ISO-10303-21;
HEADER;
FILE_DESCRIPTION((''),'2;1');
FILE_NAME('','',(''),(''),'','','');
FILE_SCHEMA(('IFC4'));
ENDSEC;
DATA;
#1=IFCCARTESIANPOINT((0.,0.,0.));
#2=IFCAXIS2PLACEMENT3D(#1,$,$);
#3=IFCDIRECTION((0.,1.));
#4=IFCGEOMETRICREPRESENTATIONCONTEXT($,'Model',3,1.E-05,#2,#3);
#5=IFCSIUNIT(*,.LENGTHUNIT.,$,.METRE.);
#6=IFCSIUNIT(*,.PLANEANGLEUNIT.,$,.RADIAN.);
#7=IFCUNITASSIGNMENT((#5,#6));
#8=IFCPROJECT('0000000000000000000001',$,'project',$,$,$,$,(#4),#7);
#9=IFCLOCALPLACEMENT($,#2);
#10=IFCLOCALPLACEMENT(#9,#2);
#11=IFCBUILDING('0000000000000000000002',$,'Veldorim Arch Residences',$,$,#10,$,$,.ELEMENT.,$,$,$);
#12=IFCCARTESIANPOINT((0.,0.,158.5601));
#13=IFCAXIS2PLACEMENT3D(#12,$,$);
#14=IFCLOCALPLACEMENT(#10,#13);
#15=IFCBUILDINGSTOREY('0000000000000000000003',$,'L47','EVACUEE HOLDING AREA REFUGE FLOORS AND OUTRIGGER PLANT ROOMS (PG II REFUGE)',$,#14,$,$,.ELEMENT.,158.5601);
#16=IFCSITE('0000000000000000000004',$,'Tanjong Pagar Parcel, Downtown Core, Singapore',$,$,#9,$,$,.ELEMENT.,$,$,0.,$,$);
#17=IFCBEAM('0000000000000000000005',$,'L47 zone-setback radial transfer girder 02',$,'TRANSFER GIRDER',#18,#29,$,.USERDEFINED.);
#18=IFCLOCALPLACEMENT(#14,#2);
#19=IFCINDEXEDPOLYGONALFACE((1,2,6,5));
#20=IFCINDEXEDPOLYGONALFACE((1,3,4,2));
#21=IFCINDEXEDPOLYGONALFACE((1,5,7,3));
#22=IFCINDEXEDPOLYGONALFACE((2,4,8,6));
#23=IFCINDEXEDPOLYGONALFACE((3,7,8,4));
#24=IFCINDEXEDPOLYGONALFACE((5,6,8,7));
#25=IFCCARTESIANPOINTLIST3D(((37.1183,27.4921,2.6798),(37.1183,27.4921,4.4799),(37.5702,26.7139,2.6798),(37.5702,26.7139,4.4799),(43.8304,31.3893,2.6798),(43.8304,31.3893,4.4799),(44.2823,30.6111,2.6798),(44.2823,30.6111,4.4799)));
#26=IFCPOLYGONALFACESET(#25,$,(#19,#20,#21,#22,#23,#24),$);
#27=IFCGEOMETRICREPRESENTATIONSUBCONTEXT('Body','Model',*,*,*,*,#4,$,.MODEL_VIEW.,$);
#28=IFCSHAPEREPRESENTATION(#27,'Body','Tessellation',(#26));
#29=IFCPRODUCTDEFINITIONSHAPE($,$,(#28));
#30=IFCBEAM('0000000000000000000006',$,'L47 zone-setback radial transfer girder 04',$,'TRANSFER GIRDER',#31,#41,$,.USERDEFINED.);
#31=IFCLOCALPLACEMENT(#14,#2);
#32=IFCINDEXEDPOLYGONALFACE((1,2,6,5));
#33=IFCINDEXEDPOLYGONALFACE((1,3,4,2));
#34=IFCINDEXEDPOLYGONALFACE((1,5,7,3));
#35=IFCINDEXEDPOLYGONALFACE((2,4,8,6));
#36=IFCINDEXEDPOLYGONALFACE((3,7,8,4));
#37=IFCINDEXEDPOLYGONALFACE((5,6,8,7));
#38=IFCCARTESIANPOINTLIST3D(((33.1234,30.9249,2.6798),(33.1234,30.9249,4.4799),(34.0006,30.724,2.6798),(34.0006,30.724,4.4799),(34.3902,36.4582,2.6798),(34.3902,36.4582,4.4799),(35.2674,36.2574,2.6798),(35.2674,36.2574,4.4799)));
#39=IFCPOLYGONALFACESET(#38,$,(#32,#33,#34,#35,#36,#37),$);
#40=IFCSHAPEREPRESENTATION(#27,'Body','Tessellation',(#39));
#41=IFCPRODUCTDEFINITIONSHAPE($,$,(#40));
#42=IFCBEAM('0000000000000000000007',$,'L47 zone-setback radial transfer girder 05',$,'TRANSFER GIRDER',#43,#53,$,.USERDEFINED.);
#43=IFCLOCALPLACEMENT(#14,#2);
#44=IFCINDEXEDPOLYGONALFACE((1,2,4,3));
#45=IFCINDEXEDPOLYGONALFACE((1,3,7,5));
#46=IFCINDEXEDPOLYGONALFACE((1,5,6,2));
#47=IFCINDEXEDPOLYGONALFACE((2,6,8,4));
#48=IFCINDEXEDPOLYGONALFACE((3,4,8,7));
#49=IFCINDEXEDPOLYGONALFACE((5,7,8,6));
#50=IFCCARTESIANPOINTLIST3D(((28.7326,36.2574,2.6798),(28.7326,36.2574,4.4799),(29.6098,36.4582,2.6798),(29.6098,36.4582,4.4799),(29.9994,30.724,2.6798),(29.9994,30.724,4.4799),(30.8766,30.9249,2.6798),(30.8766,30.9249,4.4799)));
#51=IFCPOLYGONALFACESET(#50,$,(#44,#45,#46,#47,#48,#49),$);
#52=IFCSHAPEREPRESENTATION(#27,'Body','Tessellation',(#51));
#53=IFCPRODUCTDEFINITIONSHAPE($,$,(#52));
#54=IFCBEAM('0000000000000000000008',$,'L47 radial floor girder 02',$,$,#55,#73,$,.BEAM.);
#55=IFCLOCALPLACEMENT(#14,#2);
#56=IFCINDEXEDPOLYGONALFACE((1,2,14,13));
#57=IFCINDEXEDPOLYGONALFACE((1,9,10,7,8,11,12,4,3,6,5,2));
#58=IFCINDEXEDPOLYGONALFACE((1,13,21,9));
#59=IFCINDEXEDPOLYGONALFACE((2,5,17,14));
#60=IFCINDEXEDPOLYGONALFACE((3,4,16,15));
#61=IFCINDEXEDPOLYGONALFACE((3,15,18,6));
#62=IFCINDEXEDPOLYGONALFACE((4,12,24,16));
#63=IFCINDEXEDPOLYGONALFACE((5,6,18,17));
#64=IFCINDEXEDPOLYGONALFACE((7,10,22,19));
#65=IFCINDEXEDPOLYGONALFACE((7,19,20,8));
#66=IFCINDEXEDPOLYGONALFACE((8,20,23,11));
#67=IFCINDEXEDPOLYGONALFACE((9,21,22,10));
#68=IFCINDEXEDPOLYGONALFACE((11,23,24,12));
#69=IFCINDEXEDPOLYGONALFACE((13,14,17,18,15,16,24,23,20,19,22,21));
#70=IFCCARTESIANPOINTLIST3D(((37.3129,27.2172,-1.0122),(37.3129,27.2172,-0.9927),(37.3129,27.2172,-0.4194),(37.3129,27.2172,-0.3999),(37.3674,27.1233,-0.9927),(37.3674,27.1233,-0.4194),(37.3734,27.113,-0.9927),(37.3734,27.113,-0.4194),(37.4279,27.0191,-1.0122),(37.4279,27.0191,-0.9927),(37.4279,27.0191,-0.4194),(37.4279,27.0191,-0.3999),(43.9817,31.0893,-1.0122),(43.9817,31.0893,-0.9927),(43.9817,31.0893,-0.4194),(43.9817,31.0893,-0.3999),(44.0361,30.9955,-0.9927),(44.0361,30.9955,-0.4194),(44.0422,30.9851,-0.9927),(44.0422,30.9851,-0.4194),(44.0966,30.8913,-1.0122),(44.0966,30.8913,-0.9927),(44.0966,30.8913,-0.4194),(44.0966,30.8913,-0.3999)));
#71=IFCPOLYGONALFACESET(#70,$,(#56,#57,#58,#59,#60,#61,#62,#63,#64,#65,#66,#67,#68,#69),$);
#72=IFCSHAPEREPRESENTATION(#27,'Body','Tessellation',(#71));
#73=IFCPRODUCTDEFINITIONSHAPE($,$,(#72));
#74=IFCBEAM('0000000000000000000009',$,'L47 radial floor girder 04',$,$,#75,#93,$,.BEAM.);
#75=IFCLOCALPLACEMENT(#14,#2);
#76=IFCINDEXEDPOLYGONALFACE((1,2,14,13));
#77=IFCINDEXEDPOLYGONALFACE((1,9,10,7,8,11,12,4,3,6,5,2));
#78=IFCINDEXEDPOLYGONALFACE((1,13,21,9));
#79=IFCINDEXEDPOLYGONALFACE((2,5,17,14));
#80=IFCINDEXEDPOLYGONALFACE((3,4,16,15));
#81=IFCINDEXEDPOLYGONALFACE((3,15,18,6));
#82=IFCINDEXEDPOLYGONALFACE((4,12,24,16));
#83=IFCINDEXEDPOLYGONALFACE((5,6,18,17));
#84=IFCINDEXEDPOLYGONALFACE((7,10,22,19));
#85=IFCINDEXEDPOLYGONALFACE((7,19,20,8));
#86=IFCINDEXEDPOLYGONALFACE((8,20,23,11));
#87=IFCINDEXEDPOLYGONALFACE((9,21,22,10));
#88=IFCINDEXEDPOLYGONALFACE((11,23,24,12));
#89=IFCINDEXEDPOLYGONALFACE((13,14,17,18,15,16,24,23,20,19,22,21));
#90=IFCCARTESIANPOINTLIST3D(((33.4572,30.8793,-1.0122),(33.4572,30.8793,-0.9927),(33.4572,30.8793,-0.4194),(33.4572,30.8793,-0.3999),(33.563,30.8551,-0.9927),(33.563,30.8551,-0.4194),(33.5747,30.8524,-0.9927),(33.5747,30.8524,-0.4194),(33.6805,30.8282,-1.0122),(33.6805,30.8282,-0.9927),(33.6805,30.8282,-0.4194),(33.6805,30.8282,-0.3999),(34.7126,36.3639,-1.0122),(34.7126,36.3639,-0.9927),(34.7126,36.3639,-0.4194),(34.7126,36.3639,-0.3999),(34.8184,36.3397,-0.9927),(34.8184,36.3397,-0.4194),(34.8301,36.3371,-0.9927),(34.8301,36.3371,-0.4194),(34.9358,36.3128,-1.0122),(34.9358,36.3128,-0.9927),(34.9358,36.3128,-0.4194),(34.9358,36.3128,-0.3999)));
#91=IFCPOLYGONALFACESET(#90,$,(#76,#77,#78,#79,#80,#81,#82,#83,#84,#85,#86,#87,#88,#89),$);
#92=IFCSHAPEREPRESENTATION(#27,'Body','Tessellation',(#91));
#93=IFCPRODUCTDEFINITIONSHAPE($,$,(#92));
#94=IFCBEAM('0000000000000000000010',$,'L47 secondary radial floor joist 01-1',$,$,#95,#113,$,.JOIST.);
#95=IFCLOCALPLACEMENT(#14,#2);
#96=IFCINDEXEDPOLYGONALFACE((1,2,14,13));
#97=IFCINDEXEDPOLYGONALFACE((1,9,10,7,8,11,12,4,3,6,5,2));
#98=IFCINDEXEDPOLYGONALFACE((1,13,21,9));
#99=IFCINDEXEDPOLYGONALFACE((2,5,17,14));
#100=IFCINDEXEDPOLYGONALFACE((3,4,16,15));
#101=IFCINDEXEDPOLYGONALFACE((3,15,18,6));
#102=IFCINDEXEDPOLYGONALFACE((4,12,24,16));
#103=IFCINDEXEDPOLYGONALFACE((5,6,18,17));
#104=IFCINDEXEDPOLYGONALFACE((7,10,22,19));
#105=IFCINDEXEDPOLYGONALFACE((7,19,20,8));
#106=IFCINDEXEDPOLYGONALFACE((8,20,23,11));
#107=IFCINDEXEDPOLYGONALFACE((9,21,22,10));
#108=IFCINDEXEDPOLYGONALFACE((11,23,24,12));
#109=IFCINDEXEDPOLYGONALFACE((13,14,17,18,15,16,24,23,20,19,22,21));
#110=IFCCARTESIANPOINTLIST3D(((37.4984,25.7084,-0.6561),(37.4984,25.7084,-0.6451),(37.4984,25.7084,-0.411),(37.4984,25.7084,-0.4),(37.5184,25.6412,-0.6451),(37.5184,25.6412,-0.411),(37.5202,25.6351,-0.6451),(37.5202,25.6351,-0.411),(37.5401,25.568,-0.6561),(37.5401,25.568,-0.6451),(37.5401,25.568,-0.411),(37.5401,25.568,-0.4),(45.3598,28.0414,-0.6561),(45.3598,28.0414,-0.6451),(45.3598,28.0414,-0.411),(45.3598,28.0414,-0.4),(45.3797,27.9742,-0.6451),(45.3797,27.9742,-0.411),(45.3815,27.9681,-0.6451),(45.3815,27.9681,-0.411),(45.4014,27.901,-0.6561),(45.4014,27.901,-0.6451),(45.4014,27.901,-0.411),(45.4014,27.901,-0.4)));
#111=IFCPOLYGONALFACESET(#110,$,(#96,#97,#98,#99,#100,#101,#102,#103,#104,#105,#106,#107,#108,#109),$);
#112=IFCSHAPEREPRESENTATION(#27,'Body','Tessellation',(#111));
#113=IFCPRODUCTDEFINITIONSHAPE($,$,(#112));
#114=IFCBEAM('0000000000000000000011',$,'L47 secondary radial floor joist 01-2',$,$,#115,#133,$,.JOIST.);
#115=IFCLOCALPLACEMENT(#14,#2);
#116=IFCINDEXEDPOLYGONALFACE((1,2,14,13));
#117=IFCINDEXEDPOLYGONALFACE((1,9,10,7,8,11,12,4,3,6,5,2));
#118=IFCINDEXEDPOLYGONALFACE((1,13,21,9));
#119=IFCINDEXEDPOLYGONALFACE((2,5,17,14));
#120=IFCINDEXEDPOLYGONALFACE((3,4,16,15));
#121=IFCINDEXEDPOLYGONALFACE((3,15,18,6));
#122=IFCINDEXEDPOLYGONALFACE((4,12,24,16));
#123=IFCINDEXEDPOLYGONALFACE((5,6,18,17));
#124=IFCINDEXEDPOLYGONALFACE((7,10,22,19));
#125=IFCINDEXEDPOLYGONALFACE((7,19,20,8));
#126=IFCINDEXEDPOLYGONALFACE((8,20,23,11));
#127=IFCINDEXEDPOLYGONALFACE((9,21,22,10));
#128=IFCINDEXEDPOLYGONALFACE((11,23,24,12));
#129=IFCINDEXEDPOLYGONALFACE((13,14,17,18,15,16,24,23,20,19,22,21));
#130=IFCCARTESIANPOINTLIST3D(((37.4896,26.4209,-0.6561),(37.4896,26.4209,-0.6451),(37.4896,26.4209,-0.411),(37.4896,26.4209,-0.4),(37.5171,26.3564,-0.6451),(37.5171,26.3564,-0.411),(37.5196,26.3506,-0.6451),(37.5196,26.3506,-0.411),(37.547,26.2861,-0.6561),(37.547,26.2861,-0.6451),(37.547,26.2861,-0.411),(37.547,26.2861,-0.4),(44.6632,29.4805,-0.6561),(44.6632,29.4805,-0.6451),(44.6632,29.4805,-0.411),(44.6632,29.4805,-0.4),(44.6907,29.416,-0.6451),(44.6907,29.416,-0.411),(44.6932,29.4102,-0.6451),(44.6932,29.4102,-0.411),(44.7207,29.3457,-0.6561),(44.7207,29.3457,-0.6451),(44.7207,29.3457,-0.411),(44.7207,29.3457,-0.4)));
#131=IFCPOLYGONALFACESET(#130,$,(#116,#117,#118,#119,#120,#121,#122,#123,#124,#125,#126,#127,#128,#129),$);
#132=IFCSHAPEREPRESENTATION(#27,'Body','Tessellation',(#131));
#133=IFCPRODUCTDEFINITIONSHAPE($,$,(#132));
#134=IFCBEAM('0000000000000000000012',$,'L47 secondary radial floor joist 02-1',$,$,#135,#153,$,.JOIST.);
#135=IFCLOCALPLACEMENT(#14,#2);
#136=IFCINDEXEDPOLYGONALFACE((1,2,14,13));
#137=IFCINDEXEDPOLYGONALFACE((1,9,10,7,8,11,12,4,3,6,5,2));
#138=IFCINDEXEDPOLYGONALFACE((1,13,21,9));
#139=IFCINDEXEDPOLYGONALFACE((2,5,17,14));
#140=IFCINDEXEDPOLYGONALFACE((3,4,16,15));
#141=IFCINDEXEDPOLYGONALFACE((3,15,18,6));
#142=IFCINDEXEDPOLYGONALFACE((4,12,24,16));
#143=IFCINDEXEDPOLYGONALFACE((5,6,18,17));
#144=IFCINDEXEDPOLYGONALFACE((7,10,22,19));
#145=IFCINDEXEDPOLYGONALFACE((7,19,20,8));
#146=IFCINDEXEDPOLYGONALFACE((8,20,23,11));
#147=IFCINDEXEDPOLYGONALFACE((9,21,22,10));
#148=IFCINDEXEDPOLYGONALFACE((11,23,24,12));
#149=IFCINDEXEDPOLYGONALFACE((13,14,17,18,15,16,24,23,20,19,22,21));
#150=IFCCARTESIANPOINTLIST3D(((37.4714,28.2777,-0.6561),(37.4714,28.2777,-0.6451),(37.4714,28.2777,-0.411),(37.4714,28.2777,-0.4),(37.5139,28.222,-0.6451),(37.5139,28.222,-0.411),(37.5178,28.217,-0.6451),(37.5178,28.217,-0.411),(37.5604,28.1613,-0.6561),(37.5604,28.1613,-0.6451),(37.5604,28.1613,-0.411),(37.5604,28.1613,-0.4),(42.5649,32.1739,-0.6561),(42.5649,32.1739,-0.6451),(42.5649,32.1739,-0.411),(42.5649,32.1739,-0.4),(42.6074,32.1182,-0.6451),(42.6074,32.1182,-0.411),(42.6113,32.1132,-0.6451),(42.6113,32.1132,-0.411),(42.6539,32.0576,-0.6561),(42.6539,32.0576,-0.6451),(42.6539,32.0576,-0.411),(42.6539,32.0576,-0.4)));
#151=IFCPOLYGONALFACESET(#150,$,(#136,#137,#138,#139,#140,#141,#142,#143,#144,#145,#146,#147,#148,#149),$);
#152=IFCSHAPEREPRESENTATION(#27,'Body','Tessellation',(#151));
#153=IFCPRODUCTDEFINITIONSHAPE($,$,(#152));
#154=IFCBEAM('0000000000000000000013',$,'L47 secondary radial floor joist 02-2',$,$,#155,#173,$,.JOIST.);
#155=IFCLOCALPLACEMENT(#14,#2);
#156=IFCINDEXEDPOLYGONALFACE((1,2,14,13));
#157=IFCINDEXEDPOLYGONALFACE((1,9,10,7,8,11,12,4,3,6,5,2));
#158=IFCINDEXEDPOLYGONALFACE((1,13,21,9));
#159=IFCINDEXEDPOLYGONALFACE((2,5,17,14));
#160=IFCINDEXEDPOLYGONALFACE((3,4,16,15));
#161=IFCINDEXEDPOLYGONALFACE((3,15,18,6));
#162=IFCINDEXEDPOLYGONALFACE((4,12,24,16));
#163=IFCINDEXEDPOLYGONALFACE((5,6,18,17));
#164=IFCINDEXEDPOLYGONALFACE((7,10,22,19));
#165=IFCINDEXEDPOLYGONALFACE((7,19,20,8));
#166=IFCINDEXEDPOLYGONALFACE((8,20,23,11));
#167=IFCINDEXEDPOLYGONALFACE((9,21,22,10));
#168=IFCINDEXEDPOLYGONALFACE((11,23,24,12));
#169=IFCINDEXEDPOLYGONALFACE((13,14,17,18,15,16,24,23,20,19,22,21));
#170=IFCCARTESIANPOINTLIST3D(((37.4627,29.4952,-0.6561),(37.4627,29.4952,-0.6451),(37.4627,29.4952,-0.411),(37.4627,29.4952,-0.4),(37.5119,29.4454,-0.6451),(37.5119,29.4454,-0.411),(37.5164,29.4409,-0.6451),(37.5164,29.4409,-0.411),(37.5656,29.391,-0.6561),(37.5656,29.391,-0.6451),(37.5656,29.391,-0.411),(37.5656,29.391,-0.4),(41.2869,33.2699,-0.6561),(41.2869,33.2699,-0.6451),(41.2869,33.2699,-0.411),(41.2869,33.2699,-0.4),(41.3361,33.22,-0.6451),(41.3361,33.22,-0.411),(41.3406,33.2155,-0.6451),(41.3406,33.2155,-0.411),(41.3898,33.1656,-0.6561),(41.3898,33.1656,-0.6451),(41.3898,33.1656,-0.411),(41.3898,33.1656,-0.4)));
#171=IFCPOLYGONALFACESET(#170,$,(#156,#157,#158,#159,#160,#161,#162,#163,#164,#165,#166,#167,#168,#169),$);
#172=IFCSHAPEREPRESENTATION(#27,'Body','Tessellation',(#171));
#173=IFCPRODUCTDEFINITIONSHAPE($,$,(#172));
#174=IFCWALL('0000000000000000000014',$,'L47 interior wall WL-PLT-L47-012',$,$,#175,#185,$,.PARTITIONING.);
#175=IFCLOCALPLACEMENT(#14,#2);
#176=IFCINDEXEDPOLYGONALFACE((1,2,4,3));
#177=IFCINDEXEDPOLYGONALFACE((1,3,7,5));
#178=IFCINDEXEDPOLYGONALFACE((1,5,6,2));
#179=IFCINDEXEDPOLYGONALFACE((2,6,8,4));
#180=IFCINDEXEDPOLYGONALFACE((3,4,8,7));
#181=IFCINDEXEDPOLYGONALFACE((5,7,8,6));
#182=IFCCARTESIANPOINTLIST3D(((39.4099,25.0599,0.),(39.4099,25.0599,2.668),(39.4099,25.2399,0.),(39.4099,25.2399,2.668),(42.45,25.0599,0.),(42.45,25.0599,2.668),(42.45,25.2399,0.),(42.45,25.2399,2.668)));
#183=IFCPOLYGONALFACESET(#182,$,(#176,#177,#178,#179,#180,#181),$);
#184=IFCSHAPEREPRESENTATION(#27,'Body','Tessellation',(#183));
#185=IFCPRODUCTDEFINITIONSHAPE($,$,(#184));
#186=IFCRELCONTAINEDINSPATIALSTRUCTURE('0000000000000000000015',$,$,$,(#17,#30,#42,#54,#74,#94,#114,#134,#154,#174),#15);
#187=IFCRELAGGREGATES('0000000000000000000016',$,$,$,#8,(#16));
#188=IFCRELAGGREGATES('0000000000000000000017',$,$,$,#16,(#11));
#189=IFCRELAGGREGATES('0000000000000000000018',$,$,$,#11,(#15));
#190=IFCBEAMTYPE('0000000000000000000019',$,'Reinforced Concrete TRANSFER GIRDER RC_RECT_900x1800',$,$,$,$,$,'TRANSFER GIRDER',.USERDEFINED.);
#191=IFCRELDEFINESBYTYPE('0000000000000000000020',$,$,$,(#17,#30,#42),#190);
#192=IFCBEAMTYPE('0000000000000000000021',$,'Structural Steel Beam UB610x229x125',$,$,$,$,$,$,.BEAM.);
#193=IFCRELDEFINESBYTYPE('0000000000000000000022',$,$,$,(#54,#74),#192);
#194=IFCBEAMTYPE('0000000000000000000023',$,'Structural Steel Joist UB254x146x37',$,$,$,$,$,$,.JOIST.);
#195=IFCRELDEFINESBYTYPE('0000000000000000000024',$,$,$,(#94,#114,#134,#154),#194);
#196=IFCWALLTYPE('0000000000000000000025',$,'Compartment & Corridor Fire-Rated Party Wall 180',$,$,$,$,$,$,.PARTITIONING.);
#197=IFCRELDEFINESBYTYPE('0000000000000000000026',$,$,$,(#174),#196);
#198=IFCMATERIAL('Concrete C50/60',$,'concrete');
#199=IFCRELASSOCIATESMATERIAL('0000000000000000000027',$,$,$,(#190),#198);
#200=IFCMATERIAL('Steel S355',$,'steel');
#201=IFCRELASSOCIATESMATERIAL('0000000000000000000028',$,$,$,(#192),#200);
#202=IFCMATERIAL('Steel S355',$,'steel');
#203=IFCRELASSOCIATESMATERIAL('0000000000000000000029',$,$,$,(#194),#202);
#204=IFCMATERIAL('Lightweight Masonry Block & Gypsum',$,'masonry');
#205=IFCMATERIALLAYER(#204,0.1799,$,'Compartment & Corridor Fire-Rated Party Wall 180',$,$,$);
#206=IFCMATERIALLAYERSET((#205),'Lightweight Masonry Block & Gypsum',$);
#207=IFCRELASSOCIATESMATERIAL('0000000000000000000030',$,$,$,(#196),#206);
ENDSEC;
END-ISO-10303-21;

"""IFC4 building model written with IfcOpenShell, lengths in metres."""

from ifc_helpers import new_model, si_unit, direction, frame, frame_2d, origin, origin_2d, place, context, subcontext, project, spatial, rectangle, i_section, extrude, material, layer, layer_set, material_profile, profile_set, type_object, element, save


model = new_model("IFC4")

# Units and contexts
model_context = context("Model", 3, precision=1e-05, world=origin(), true_north=direction((0.0, 1.0)))
body_context = subcontext(model_context, "Body", "Model", "MODEL_VIEW")
ifc_project = project(units=[si_unit("LENGTHUNIT", "METRE"), si_unit("PLANEANGLEUNIT", "RADIAN")], contexts=[model_context])

# Site, building, storey
site_placement = place(None, origin())
site = spatial("IfcSite", under=ifc_project, at=site_placement, Name="Tanjong Pagar Parcel, Downtown Core, Singapore", CompositionType="ELEMENT", RefElevation=0.0)
building_placement = place(site_placement, origin())
building = spatial("IfcBuilding", under=site, at=building_placement, Name="Veldorim Arch Residences", CompositionType="ELEMENT")
storey_placement = place(building_placement, frame((0.0, 0.0, 158.5601)))
storey = spatial("IfcBuildingStorey", under=building, at=storey_placement, Name="L47", Description="EVACUEE HOLDING AREA REFUGE FLOORS AND OUTRIGGER PLANT ROOMS (PG II REFUGE)", CompositionType="ELEMENT", Elevation=158.5601)

# Beams
ifc_material_1 = material(Name="Concrete C50/60", Category="concrete")
ifc_material_profile_1 = material_profile(ifc_material_1, rectangle(XDim=0.8999, YDim=1.8, at=origin_2d()), Name="RC_RECT_900x1800")
ifc_profile_set_1 = profile_set([ifc_material_profile_1], Name="Concrete C50/60")
beam_type_1 = type_object("IfcBeamType", Name="Reinforced Concrete TRANSFER GIRDER RC_RECT_900x1800", ElementType="TRANSFER GIRDER", PredefinedType="USERDEFINED", material=ifc_profile_set_1)
beam_1_placement = place(storey_placement, frame((37.3442, 27.103, 3.5798), z_axis=(0.864798, 0.50212, 0.0), x_axis=(-0.50212, 0.864798, 0.0)))
element("IfcBeam", 1, at=beam_1_placement, inside=storey, type_object=beam_type_1, Name="L47 zone-setback radial transfer girder 02", ObjectType="TRANSFER GIRDER", PredefinedType="USERDEFINED", context=body_context, shape_type="SweptSolid", body=[
    extrude(rectangle(XDim=0.8999, YDim=1.8, at=origin_2d()), origin(), (0.0, 0.0, 1.0), 7.7615),
])
for number, where, z_axis, x_axis, name in (
    (2, (33.562, 30.8245, 3.5798), (0.223169, 0.97478, 0.0), (-0.97478, 0.223169, 0.0), "L47 zone-setback radial transfer girder 04"),
    (3, (30.438, 30.8245, 3.5798), (-0.223169, 0.97478, 0.0), (-0.97478, -0.223169, 0.0), "L47 zone-setback radial transfer girder 05"),
):
    element("IfcBeam", number, at=place(storey_placement, frame(where, z_axis=z_axis, x_axis=x_axis)), inside=storey, type_object=beam_type_1, Name=name, ObjectType="TRANSFER GIRDER", PredefinedType="USERDEFINED", context=body_context, shape_type="SweptSolid", body=[
        extrude(rectangle(XDim=0.8999, YDim=1.8, at=origin_2d()), origin(), (0.0, 0.0, 1.0), 5.6765),
    ])
ifc_material_2 = material(Name="Steel S355", Category="steel")
ifc_material_profile_2 = material_profile(ifc_material_2, i_section(OverallWidth=0.229, OverallDepth=0.6123, WebThickness=0.012, FlangeThickness=0.0195, at=origin_2d()), Name="UB610x229x125")
ifc_profile_set_2 = profile_set([ifc_material_profile_2], Name="Steel S355")
beam_type_2 = type_object("IfcBeamType", Name="Structural Steel Beam UB610x229x125", PredefinedType="BEAM", material=ifc_profile_set_2)
beam_2_placement = place(storey_placement, frame((37.3704, 27.1182, -0.7061), z_axis=(0.864793, 0.502128, 0.0), x_axis=(-0.502128, 0.864793, 0.0)))
element("IfcBeam", 4, at=beam_2_placement, inside=storey, type_object=beam_type_2, Name="L47 radial floor girder 02", PredefinedType="BEAM", context=body_context, shape_type="SweptSolid", body=[
    extrude(i_section(OverallWidth=0.229, OverallDepth=0.6123, WebThickness=0.012, FlangeThickness=0.0195, at=origin_2d()), origin(), (0.0, 0.0, 1.0), 7.7114),
])
beam_3_placement = place(storey_placement, frame((33.5688, 30.8538, -0.7061), z_axis=(0.223119, 0.974791, 0.0), x_axis=(-0.974791, 0.223119, 0.0)))
element("IfcBeam", 5, at=beam_3_placement, inside=storey, type_object=beam_type_2, Name="L47 radial floor girder 04", PredefinedType="BEAM", context=body_context, shape_type="SweptSolid", body=[
    extrude(i_section(OverallWidth=0.229, OverallDepth=0.6123, WebThickness=0.012, FlangeThickness=0.0195, at=origin_2d()), origin(), (0.0, 0.0, 1.0), 5.6265),
])
ifc_material_3 = material(Name="Steel S355", Category="steel")
ifc_material_profile_3 = material_profile(ifc_material_3, i_section(OverallWidth=0.1465, OverallDepth=0.2561, WebThickness=0.0063, FlangeThickness=0.011, at=origin_2d()), Name="UB254x146x37")
ifc_profile_set_3 = profile_set([ifc_material_profile_3], Name="Steel S355")
beam_type_3 = type_object("IfcBeamType", Name="Structural Steel Joist UB254x146x37", PredefinedType="JOIST", material=ifc_profile_set_3)
beam_4_placement = place(storey_placement, frame((37.5193, 25.6382, -0.5281), z_axis=(0.958674, 0.284506, 0.0), x_axis=(-0.284506, 0.958674, 0.0)))
element("IfcBeam", 6, at=beam_4_placement, inside=storey, type_object=beam_type_3, Name="L47 secondary radial floor joist 01-1", PredefinedType="JOIST", context=body_context, shape_type="SweptSolid", body=[
    extrude(i_section(OverallWidth=0.1465, OverallDepth=0.2561, WebThickness=0.0063, FlangeThickness=0.011, at=origin_2d()), origin(), (0.0, 0.0, 1.0), 8.2002),
])
beam_5_placement = place(storey_placement, frame((37.5183, 26.3535, -0.5281), z_axis=(0.919832, 0.392313, 0.0), x_axis=(-0.392313, 0.919832, 0.0)))
element("IfcBeam", 7, at=beam_5_placement, inside=storey, type_object=beam_type_3, Name="L47 secondary radial floor joist 01-2", PredefinedType="JOIST", context=body_context, shape_type="SweptSolid", body=[
    extrude(i_section(OverallWidth=0.1465, OverallDepth=0.2561, WebThickness=0.0063, FlangeThickness=0.011, at=origin_2d()), origin(), (0.0, 0.0, 1.0), 7.7988),
])
beam_6_placement = place(storey_placement, frame((37.5159, 28.2195, -0.5281), z_axis=(0.794267, 0.607569, 0.0), x_axis=(-0.607569, 0.794267, 0.0)))
element("IfcBeam", 8, at=beam_6_placement, inside=storey, type_object=beam_type_3, Name="L47 secondary radial floor joist 02-1", PredefinedType="JOIST", context=body_context, shape_type="SweptSolid", body=[
    extrude(i_section(OverallWidth=0.1465, OverallDepth=0.2561, WebThickness=0.0063, FlangeThickness=0.011, at=origin_2d()), origin(), (0.0, 0.0, 1.0), 6.4128),
])
beam_7_placement = place(storey_placement, frame((37.5142, 29.4431, -0.5281), z_axis=(0.711703, 0.70248, 0.0), x_axis=(-0.70248, 0.711703, 0.0)))
element("IfcBeam", 9, at=beam_7_placement, inside=storey, type_object=beam_type_3, Name="L47 secondary radial floor joist 02-2", PredefinedType="JOIST", context=body_context, shape_type="SweptSolid", body=[
    extrude(i_section(OverallWidth=0.1465, OverallDepth=0.2561, WebThickness=0.0063, FlangeThickness=0.011, at=origin_2d()), origin(), (0.0, 0.0, 1.0), 5.3733),
])

# Wall
ifc_material_4 = material(Name="Lightweight Masonry Block & Gypsum", Category="masonry")
ifc_layer_1 = layer(ifc_material_4, 0.1799, Name="Compartment & Corridor Fire-Rated Party Wall 180")
ifc_layer_set_1 = layer_set([ifc_layer_1], Name="Lightweight Masonry Block & Gypsum")
wall_type_1 = type_object("IfcWallType", Name="Compartment & Corridor Fire-Rated Party Wall 180", PredefinedType="PARTITIONING", material=ifc_layer_set_1)
wall_1_placement = place(storey_placement, frame((39.4099, 25.1499, 0.0), z_axis=(0.0, 0.0, 1.0), x_axis=(1.0, 0.0, 0.0)))
element("IfcWall", 10, at=wall_1_placement, inside=storey, type_object=wall_type_1, Name="L47 interior wall WL-PLT-L47-012", PredefinedType="PARTITIONING", context=body_context, shape_type="SweptSolid", body=[
    extrude(rectangle(XDim=3.04, YDim=0.1799, at=frame_2d((1.52, 0.0))), origin(), (0.0, 0.0, 1.0), 2.668),
])

save(model, "model.ifc")
